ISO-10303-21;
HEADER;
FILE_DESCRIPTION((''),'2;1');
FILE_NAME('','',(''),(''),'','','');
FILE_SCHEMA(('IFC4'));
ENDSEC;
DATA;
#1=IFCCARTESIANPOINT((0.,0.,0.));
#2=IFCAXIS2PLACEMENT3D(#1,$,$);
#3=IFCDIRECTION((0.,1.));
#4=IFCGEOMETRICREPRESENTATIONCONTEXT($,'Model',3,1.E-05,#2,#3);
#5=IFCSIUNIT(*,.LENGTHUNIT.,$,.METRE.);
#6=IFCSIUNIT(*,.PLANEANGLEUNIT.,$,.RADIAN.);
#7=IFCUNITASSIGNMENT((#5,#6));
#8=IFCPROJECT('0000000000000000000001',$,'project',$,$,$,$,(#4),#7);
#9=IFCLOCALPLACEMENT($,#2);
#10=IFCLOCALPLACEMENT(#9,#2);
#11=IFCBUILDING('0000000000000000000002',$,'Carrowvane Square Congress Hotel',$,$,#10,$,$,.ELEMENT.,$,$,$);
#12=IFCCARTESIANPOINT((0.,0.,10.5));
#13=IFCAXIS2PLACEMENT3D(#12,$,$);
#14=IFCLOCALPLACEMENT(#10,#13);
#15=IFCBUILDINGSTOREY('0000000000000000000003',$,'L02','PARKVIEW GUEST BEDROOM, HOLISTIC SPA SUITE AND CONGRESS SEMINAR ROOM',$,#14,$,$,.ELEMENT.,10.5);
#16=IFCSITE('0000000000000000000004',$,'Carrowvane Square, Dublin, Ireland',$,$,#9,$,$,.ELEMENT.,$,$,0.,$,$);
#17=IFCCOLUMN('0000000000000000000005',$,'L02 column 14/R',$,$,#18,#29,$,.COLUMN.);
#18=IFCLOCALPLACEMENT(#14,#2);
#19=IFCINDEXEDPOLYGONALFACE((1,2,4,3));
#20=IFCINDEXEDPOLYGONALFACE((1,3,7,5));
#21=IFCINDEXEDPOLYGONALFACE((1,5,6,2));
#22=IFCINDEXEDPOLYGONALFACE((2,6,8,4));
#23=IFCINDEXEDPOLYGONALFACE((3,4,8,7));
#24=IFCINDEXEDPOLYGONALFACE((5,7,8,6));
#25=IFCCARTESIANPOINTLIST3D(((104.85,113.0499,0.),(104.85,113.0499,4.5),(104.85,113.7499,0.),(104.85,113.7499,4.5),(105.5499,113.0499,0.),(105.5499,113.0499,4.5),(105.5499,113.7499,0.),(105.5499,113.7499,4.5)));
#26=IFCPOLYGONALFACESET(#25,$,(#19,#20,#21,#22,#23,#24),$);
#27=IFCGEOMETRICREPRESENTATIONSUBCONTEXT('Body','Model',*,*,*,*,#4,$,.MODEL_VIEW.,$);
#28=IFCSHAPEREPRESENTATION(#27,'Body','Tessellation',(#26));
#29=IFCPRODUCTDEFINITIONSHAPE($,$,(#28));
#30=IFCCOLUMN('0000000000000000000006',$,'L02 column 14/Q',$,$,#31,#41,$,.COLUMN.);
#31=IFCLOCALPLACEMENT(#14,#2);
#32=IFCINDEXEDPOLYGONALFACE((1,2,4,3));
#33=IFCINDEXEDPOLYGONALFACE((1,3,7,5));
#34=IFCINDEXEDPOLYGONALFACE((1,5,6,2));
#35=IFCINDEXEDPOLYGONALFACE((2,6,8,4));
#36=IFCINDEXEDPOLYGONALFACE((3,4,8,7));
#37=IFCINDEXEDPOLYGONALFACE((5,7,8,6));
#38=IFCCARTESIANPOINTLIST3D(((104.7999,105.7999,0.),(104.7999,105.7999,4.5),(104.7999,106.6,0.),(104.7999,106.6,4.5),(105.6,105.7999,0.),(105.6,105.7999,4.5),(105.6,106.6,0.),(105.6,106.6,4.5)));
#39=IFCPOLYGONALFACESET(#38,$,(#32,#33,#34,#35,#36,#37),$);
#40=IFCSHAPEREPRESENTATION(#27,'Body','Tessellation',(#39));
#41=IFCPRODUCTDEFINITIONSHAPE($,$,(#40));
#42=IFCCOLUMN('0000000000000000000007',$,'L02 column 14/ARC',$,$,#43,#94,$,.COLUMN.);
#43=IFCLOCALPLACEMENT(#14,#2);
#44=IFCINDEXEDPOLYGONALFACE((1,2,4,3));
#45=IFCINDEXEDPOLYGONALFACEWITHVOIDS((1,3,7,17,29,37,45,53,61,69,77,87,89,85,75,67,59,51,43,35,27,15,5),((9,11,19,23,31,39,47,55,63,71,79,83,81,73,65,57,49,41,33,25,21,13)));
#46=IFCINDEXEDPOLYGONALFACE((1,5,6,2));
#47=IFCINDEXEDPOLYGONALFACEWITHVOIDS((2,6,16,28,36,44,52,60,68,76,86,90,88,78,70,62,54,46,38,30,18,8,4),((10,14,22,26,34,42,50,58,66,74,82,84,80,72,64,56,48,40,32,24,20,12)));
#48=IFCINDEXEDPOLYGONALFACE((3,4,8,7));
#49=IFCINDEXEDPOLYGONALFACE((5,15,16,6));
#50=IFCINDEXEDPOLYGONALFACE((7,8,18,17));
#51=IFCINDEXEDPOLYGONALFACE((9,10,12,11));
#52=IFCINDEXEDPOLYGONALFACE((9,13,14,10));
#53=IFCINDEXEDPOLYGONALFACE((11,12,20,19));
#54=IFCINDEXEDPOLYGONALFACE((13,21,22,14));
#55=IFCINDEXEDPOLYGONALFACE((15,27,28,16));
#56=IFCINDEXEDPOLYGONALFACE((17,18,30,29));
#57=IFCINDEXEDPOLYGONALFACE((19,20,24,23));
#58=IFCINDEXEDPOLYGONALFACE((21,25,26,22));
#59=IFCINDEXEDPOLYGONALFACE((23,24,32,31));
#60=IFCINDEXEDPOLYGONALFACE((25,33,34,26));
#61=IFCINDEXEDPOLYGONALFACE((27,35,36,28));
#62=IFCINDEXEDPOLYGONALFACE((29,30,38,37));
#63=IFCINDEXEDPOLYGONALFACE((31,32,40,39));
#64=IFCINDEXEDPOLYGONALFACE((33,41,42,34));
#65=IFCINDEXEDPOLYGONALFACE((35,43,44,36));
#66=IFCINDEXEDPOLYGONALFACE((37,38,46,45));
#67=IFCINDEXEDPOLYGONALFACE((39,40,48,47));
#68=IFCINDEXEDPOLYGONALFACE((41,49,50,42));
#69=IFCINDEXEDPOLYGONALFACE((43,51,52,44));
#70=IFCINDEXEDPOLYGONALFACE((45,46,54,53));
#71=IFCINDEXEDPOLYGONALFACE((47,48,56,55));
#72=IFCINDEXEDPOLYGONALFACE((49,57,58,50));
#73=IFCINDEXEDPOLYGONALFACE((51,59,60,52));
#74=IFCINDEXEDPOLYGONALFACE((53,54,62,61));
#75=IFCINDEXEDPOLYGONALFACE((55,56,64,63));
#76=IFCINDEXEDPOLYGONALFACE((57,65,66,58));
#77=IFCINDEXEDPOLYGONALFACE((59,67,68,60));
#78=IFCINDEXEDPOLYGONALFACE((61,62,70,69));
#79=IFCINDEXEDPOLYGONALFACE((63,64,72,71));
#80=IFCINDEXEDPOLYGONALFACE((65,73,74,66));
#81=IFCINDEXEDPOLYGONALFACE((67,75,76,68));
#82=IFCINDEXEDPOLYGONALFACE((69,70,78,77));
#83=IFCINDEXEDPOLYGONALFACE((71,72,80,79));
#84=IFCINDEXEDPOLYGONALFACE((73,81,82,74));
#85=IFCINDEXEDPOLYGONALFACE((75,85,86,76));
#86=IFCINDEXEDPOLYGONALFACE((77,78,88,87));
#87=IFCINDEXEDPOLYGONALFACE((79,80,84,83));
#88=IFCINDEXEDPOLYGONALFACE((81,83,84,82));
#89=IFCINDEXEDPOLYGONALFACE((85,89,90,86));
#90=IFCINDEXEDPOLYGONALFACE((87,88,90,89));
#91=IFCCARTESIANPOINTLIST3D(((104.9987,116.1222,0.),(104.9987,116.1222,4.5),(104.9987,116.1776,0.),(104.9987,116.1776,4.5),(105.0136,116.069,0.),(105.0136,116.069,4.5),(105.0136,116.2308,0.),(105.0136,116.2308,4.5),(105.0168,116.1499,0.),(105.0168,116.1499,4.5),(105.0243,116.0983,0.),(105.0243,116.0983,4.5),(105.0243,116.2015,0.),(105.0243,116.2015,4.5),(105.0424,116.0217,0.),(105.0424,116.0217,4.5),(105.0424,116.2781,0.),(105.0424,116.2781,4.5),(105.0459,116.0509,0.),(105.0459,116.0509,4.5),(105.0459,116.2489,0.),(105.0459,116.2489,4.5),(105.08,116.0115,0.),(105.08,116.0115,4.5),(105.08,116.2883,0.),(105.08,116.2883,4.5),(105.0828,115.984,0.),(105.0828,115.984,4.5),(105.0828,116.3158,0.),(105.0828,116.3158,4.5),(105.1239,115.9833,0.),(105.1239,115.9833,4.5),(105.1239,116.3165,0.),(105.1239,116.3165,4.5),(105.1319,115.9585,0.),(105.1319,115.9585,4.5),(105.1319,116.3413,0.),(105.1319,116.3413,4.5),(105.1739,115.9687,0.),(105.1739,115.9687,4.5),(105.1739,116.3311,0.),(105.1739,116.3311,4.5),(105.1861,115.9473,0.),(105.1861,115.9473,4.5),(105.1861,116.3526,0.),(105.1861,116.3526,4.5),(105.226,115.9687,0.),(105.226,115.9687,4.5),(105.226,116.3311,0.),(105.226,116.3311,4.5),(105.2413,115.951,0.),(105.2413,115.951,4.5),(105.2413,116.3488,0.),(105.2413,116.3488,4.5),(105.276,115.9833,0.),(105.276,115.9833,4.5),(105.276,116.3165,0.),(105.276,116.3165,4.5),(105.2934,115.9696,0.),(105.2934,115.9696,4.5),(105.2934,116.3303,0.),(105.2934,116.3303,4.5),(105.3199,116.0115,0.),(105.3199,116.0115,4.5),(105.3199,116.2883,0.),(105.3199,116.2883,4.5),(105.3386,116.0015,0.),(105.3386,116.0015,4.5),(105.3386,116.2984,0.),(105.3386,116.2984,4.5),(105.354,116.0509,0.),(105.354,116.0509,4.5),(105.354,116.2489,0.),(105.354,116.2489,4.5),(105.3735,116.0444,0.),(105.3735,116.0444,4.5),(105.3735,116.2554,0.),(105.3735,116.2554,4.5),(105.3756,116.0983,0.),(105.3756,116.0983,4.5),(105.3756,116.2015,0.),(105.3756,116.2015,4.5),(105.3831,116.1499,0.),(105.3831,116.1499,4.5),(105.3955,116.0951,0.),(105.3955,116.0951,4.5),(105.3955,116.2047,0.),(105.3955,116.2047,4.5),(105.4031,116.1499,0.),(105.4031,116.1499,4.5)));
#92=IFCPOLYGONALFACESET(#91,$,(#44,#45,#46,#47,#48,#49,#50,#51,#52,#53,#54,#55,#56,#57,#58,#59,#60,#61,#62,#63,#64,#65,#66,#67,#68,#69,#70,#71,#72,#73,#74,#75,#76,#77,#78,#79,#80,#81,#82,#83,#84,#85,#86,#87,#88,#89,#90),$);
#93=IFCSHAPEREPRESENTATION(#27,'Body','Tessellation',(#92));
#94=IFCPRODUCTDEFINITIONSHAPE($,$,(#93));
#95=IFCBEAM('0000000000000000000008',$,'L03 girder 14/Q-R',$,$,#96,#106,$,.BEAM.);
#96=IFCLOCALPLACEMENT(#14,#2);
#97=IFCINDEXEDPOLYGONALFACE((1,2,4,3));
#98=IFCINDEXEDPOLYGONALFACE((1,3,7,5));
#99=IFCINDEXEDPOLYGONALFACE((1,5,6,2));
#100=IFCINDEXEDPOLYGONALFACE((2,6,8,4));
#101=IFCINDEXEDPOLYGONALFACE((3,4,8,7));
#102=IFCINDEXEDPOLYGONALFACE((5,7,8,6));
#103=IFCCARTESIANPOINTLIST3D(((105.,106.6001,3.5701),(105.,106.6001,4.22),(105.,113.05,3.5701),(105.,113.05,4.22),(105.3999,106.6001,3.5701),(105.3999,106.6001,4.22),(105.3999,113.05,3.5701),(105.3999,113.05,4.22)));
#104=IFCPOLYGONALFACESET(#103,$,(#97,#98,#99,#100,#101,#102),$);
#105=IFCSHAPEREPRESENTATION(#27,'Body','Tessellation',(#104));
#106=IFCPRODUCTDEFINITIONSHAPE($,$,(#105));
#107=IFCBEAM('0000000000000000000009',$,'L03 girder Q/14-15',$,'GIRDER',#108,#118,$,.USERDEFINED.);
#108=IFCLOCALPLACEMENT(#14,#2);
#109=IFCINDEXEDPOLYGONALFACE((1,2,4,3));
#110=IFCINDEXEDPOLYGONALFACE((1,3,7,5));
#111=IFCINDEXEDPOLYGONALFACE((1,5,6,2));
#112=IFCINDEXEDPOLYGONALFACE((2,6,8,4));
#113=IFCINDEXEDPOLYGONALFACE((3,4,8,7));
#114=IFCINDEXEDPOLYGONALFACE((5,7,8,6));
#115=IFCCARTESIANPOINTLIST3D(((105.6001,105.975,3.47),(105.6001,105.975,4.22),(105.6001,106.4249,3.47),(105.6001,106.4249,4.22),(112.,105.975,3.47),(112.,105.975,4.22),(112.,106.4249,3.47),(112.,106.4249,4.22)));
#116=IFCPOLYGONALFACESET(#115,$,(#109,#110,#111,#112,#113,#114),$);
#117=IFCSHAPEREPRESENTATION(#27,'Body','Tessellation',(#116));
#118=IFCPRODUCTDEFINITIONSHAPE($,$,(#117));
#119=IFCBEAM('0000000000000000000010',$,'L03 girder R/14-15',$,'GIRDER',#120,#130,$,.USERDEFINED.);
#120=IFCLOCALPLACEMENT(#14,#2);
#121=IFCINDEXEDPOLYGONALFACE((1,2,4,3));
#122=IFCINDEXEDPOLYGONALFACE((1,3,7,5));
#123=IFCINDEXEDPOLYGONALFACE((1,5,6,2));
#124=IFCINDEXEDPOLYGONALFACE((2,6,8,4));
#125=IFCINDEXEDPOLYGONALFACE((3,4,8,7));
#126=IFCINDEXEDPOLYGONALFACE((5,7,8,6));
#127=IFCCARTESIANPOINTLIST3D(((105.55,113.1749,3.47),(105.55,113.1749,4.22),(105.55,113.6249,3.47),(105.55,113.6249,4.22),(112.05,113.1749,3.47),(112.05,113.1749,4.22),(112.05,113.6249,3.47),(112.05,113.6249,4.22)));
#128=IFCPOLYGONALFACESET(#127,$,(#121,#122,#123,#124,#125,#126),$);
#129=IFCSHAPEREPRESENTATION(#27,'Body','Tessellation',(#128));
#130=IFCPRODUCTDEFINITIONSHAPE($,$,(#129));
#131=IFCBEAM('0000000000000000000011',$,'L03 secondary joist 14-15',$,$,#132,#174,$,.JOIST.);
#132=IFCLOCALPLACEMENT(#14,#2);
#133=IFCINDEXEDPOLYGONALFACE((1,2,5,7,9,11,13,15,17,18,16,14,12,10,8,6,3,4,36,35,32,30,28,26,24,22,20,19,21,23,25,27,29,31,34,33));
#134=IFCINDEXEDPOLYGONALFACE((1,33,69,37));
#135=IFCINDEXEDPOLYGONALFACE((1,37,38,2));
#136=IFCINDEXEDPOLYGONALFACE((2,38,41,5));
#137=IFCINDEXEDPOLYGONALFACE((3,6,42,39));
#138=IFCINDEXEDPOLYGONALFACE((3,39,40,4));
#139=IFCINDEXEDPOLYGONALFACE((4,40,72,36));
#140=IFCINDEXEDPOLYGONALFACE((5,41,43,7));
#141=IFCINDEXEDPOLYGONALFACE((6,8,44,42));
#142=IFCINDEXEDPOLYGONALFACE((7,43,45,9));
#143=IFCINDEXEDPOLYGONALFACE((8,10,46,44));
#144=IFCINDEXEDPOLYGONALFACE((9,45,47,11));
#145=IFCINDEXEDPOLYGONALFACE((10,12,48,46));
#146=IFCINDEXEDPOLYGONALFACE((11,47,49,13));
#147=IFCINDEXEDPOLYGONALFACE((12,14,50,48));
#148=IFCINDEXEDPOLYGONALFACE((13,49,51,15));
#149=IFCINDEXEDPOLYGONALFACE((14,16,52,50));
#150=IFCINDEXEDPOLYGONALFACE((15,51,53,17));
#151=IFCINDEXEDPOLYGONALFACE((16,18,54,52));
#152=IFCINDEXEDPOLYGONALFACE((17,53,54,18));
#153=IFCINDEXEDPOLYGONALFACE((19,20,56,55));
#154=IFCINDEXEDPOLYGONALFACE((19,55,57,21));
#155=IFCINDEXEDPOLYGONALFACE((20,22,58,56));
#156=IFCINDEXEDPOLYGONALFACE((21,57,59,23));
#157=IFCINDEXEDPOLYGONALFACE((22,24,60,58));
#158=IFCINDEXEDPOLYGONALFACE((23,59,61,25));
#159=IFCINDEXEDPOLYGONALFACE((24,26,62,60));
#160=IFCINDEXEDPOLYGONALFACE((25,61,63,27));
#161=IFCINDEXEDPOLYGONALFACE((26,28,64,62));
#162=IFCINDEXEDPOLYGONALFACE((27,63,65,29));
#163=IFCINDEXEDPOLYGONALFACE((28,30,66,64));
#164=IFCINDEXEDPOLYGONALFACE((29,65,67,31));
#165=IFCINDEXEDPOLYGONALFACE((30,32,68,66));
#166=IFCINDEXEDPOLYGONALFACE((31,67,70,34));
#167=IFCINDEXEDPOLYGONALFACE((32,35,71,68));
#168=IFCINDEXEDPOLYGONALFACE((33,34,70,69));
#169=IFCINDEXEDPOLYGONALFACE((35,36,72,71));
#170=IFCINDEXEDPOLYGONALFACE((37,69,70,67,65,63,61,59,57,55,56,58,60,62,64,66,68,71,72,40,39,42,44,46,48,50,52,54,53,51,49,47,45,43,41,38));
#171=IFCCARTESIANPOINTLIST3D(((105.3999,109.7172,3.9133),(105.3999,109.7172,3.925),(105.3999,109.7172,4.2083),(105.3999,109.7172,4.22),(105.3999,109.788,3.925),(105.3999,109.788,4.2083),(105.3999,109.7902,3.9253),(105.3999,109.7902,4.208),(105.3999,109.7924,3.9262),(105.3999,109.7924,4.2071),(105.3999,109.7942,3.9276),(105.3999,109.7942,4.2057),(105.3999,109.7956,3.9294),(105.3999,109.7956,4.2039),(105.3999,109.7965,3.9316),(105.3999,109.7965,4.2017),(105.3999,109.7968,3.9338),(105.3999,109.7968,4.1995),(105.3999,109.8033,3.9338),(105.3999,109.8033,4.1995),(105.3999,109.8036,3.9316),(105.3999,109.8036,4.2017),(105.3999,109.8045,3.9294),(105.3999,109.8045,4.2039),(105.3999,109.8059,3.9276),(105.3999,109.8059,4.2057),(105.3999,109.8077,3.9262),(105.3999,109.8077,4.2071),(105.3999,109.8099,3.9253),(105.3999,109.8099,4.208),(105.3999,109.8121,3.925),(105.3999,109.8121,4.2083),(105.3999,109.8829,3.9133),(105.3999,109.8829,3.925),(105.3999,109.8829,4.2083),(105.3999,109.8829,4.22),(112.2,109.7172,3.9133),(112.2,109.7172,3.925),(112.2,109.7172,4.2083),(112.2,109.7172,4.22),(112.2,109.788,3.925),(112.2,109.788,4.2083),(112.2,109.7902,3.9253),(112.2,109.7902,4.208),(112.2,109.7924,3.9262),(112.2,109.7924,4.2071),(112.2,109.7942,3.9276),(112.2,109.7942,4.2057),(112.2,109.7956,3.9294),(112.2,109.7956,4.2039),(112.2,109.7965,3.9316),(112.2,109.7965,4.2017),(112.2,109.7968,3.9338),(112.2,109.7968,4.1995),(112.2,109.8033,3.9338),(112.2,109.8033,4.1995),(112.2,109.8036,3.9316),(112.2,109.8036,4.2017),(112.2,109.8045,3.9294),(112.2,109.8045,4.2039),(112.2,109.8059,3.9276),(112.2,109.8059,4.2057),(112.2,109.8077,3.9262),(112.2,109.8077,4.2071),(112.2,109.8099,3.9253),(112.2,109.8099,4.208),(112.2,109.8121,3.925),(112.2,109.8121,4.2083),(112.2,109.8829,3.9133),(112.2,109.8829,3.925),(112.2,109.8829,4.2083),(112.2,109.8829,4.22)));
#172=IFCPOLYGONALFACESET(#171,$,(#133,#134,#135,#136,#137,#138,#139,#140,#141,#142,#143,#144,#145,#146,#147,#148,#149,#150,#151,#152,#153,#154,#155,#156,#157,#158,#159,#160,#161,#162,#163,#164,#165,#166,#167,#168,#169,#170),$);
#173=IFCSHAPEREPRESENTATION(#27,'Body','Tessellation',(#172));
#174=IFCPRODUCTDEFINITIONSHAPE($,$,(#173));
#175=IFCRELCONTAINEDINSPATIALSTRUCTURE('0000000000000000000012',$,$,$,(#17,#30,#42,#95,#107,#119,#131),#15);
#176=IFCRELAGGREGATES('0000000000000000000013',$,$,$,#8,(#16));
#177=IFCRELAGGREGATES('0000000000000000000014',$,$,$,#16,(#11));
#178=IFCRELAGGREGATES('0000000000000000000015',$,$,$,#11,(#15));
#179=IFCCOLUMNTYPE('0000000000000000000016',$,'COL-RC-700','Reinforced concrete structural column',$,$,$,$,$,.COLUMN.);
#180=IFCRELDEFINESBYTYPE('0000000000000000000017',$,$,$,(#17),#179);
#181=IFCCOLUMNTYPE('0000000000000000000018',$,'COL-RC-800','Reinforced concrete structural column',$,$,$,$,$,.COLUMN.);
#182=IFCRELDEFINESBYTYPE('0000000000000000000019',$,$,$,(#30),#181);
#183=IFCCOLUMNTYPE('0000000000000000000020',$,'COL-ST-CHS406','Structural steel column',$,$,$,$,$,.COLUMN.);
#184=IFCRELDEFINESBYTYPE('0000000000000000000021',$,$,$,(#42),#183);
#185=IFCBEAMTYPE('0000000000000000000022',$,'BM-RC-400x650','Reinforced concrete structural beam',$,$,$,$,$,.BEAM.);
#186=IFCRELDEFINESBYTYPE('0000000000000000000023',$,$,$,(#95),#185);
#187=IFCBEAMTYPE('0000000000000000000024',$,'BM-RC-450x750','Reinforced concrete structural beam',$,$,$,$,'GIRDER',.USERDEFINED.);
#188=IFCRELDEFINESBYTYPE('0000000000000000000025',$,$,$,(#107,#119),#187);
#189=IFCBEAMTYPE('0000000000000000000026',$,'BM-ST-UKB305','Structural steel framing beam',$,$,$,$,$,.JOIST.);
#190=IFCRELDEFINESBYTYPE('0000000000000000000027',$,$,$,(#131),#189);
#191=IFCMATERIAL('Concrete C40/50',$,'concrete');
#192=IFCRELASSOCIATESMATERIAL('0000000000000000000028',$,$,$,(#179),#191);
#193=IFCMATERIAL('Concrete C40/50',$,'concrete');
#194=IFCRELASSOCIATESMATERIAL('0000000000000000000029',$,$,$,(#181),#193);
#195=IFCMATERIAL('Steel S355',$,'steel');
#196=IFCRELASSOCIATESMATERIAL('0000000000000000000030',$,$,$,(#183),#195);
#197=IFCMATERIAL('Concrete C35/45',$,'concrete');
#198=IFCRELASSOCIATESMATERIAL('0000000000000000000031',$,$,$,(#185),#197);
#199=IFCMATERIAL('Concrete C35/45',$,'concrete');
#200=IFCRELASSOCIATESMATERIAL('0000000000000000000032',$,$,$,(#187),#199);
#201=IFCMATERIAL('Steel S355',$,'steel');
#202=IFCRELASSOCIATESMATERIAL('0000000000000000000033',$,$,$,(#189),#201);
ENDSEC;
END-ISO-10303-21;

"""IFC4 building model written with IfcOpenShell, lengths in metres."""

from ifc_helpers import new_model, si_unit, direction, frame, origin, origin_2d, place, context, subcontext, project, spatial, rectangle, hollow_circle, i_section, extrude, material, material_profile, profile_set, type_object, element, save


model = new_model("IFC4")

# Units and contexts
model_context = context("Model", 3, precision=1e-05, world=origin(), true_north=direction((0.0, 1.0)))
body_context = subcontext(model_context, "Body", "Model", "MODEL_VIEW")
ifc_project = project(units=[si_unit("LENGTHUNIT", "METRE"), si_unit("PLANEANGLEUNIT", "RADIAN")], contexts=[model_context])

# Site, building, storey
site_placement = place(None, origin())
site = spatial("IfcSite", under=ifc_project, at=site_placement, Name="Carrowvane Square, Dublin, Ireland", CompositionType="ELEMENT", RefElevation=0.0)
building_placement = place(site_placement, origin())
building = spatial("IfcBuilding", under=site, at=building_placement, Name="Carrowvane Square Congress Hotel", CompositionType="ELEMENT")
storey_placement = place(building_placement, frame((0.0, 0.0, 10.5)))
storey = spatial("IfcBuildingStorey", under=building, at=storey_placement, Name="L02", Description="PARKVIEW GUEST BEDROOM, HOLISTIC SPA SUITE AND CONGRESS SEMINAR ROOM", CompositionType="ELEMENT", Elevation=10.5)

# Columns
ifc_material_1 = material(Name="Concrete C40/50", Category="concrete")
ifc_material_profile_1 = material_profile(ifc_material_1, rectangle(XDim=0.7, YDim=0.7, at=origin_2d()), Name="RC 700x700")
ifc_profile_set_1 = profile_set([ifc_material_profile_1], Name="Concrete C40/50")
column_type_1 = type_object("IfcColumnType", Name="COL-RC-700", Description="Reinforced concrete structural column", PredefinedType="COLUMN", material=ifc_profile_set_1)
column_1_placement = place(storey_placement, frame((105.2, 113.3999, 0.0), z_axis=(0.0, 0.0, 1.0), x_axis=(1.0, 0.0, 0.0)))
element("IfcColumn", 1, at=column_1_placement, inside=storey, type_object=column_type_1, Name="L02 column 14/R", PredefinedType="COLUMN", context=body_context, shape_type="SweptSolid", body=[
    extrude(rectangle(XDim=0.7, YDim=0.7, at=origin_2d()), origin(), (0.0, 0.0, 1.0), 4.5),
])
ifc_material_2 = material(Name="Concrete C40/50", Category="concrete")
ifc_material_profile_2 = material_profile(ifc_material_2, rectangle(XDim=0.8, YDim=0.8, at=origin_2d()), Name="RC 800x800")
ifc_profile_set_2 = profile_set([ifc_material_profile_2], Name="Concrete C40/50")
column_type_2 = type_object("IfcColumnType", Name="COL-RC-800", Description="Reinforced concrete structural column", PredefinedType="COLUMN", material=ifc_profile_set_2)
column_2_placement = place(storey_placement, frame((105.2, 106.2, 0.0), z_axis=(0.0, 0.0, 1.0), x_axis=(1.0, 0.0, 0.0)))
element("IfcColumn", 2, at=column_2_placement, inside=storey, type_object=column_type_2, Name="L02 column 14/Q", PredefinedType="COLUMN", context=body_context, shape_type="SweptSolid", body=[
    extrude(rectangle(XDim=0.8, YDim=0.8, at=origin_2d()), origin(), (0.0, 0.0, 1.0), 4.5),
])
ifc_material_3 = material(Name="Steel S355", Category="steel")
ifc_material_profile_3 = material_profile(ifc_material_3, hollow_circle(Radius=0.2031, WallThickness=0.02, at=origin_2d()), Name="CHS 406.4x20")
ifc_profile_set_3 = profile_set([ifc_material_profile_3], Name="Steel S355")
column_type_3 = type_object("IfcColumnType", Name="COL-ST-CHS406", Description="Structural steel column", PredefinedType="COLUMN", material=ifc_profile_set_3)
column_3_placement = place(storey_placement, frame((105.2, 116.1499, 0.0), z_axis=(0.0, 0.0, 1.0), x_axis=(1.0, 0.0, 0.0)))
element("IfcColumn", 3, at=column_3_placement, inside=storey, type_object=column_type_3, Name="L02 column 14/ARC", PredefinedType="COLUMN", context=body_context, shape_type="SweptSolid", body=[
    extrude(hollow_circle(Radius=0.2031, WallThickness=0.02, at=origin_2d()), origin(), (0.0, 0.0, 1.0), 4.5),
])

# Beams
ifc_material_4 = material(Name="Concrete C35/45", Category="concrete")
ifc_material_profile_4 = material_profile(ifc_material_4, rectangle(XDim=0.3999, YDim=0.6499, at=origin_2d()), Name="RC 400x650")
ifc_profile_set_4 = profile_set([ifc_material_profile_4], Name="Concrete C35/45")
beam_type_1 = type_object("IfcBeamType", Name="BM-RC-400x650", Description="Reinforced concrete structural beam", PredefinedType="BEAM", material=ifc_profile_set_4)
beam_1_placement = place(storey_placement, frame((105.2, 106.6001, 3.895), z_axis=(0.0, 1.0, 0.0), x_axis=(-1.0, 0.0, 0.0)))
element("IfcBeam", 4, at=beam_1_placement, inside=storey, type_object=beam_type_1, Name="L03 girder 14/Q-R", PredefinedType="BEAM", context=body_context, shape_type="SweptSolid", body=[
    extrude(rectangle(XDim=0.3999, YDim=0.6499, at=origin_2d()), origin(), (0.0, 0.0, 1.0), 6.45),
])
ifc_material_5 = material(Name="Concrete C35/45", Category="concrete")
ifc_material_profile_5 = material_profile(ifc_material_5, rectangle(XDim=0.45, YDim=0.75, at=origin_2d()), Name="RC 450x750")
ifc_profile_set_5 = profile_set([ifc_material_profile_5], Name="Concrete C35/45")
beam_type_2 = type_object("IfcBeamType", Name="BM-RC-450x750", Description="Reinforced concrete structural beam", ElementType="GIRDER", PredefinedType="USERDEFINED", material=ifc_profile_set_5)
beam_2_placement = place(storey_placement, frame((105.6001, 106.2, 3.845), z_axis=(1.0, 0.0, 0.0), x_axis=(0.0, 1.0, 0.0)))
element("IfcBeam", 5, at=beam_2_placement, inside=storey, type_object=beam_type_2, Name="L03 girder Q/14-15", ObjectType="GIRDER", PredefinedType="USERDEFINED", context=body_context, shape_type="SweptSolid", body=[
    extrude(rectangle(XDim=0.45, YDim=0.75, at=origin_2d()), origin(), (0.0, 0.0, 1.0), 6.3999),
])
beam_3_placement = place(storey_placement, frame((105.55, 113.3999, 3.845), z_axis=(1.0, 0.0, 0.0), x_axis=(0.0, 1.0, 0.0)))
element("IfcBeam", 6, at=beam_3_placement, inside=storey, type_object=beam_type_2, Name="L03 girder R/14-15", ObjectType="GIRDER", PredefinedType="USERDEFINED", context=body_context, shape_type="SweptSolid", body=[
    extrude(rectangle(XDim=0.45, YDim=0.75, at=origin_2d()), origin(), (0.0, 0.0, 1.0), 6.5),
])
ifc_material_6 = material(Name="Steel S355", Category="steel")
ifc_material_profile_6 = material_profile(ifc_material_6, i_section(OverallWidth=0.1658, OverallDepth=0.3066, WebThickness=0.0066, FlangeThickness=0.0117, FilletRadius=0.0088, at=origin_2d()), Name="UKB 305x165x46")
ifc_profile_set_6 = profile_set([ifc_material_profile_6], Name="Steel S355")
beam_type_3 = type_object("IfcBeamType", Name="BM-ST-UKB305", Description="Structural steel framing beam", PredefinedType="JOIST", material=ifc_profile_set_6)
beam_4_placement = place(storey_placement, frame((105.3999, 109.8, 4.0667), z_axis=(1.0, 0.0, 0.0), x_axis=(0.0, 1.0, 0.0)))
element("IfcBeam", 7, at=beam_4_placement, inside=storey, type_object=beam_type_3, Name="L03 secondary joist 14-15", PredefinedType="JOIST", context=body_context, shape_type="SweptSolid", body=[
    extrude(i_section(OverallWidth=0.1658, OverallDepth=0.3066, WebThickness=0.0066, FlangeThickness=0.0117, FilletRadius=0.0088, at=origin_2d()), origin(), (0.0, 0.0, 1.0), 6.8),
])

save(model, "model.ifc")
